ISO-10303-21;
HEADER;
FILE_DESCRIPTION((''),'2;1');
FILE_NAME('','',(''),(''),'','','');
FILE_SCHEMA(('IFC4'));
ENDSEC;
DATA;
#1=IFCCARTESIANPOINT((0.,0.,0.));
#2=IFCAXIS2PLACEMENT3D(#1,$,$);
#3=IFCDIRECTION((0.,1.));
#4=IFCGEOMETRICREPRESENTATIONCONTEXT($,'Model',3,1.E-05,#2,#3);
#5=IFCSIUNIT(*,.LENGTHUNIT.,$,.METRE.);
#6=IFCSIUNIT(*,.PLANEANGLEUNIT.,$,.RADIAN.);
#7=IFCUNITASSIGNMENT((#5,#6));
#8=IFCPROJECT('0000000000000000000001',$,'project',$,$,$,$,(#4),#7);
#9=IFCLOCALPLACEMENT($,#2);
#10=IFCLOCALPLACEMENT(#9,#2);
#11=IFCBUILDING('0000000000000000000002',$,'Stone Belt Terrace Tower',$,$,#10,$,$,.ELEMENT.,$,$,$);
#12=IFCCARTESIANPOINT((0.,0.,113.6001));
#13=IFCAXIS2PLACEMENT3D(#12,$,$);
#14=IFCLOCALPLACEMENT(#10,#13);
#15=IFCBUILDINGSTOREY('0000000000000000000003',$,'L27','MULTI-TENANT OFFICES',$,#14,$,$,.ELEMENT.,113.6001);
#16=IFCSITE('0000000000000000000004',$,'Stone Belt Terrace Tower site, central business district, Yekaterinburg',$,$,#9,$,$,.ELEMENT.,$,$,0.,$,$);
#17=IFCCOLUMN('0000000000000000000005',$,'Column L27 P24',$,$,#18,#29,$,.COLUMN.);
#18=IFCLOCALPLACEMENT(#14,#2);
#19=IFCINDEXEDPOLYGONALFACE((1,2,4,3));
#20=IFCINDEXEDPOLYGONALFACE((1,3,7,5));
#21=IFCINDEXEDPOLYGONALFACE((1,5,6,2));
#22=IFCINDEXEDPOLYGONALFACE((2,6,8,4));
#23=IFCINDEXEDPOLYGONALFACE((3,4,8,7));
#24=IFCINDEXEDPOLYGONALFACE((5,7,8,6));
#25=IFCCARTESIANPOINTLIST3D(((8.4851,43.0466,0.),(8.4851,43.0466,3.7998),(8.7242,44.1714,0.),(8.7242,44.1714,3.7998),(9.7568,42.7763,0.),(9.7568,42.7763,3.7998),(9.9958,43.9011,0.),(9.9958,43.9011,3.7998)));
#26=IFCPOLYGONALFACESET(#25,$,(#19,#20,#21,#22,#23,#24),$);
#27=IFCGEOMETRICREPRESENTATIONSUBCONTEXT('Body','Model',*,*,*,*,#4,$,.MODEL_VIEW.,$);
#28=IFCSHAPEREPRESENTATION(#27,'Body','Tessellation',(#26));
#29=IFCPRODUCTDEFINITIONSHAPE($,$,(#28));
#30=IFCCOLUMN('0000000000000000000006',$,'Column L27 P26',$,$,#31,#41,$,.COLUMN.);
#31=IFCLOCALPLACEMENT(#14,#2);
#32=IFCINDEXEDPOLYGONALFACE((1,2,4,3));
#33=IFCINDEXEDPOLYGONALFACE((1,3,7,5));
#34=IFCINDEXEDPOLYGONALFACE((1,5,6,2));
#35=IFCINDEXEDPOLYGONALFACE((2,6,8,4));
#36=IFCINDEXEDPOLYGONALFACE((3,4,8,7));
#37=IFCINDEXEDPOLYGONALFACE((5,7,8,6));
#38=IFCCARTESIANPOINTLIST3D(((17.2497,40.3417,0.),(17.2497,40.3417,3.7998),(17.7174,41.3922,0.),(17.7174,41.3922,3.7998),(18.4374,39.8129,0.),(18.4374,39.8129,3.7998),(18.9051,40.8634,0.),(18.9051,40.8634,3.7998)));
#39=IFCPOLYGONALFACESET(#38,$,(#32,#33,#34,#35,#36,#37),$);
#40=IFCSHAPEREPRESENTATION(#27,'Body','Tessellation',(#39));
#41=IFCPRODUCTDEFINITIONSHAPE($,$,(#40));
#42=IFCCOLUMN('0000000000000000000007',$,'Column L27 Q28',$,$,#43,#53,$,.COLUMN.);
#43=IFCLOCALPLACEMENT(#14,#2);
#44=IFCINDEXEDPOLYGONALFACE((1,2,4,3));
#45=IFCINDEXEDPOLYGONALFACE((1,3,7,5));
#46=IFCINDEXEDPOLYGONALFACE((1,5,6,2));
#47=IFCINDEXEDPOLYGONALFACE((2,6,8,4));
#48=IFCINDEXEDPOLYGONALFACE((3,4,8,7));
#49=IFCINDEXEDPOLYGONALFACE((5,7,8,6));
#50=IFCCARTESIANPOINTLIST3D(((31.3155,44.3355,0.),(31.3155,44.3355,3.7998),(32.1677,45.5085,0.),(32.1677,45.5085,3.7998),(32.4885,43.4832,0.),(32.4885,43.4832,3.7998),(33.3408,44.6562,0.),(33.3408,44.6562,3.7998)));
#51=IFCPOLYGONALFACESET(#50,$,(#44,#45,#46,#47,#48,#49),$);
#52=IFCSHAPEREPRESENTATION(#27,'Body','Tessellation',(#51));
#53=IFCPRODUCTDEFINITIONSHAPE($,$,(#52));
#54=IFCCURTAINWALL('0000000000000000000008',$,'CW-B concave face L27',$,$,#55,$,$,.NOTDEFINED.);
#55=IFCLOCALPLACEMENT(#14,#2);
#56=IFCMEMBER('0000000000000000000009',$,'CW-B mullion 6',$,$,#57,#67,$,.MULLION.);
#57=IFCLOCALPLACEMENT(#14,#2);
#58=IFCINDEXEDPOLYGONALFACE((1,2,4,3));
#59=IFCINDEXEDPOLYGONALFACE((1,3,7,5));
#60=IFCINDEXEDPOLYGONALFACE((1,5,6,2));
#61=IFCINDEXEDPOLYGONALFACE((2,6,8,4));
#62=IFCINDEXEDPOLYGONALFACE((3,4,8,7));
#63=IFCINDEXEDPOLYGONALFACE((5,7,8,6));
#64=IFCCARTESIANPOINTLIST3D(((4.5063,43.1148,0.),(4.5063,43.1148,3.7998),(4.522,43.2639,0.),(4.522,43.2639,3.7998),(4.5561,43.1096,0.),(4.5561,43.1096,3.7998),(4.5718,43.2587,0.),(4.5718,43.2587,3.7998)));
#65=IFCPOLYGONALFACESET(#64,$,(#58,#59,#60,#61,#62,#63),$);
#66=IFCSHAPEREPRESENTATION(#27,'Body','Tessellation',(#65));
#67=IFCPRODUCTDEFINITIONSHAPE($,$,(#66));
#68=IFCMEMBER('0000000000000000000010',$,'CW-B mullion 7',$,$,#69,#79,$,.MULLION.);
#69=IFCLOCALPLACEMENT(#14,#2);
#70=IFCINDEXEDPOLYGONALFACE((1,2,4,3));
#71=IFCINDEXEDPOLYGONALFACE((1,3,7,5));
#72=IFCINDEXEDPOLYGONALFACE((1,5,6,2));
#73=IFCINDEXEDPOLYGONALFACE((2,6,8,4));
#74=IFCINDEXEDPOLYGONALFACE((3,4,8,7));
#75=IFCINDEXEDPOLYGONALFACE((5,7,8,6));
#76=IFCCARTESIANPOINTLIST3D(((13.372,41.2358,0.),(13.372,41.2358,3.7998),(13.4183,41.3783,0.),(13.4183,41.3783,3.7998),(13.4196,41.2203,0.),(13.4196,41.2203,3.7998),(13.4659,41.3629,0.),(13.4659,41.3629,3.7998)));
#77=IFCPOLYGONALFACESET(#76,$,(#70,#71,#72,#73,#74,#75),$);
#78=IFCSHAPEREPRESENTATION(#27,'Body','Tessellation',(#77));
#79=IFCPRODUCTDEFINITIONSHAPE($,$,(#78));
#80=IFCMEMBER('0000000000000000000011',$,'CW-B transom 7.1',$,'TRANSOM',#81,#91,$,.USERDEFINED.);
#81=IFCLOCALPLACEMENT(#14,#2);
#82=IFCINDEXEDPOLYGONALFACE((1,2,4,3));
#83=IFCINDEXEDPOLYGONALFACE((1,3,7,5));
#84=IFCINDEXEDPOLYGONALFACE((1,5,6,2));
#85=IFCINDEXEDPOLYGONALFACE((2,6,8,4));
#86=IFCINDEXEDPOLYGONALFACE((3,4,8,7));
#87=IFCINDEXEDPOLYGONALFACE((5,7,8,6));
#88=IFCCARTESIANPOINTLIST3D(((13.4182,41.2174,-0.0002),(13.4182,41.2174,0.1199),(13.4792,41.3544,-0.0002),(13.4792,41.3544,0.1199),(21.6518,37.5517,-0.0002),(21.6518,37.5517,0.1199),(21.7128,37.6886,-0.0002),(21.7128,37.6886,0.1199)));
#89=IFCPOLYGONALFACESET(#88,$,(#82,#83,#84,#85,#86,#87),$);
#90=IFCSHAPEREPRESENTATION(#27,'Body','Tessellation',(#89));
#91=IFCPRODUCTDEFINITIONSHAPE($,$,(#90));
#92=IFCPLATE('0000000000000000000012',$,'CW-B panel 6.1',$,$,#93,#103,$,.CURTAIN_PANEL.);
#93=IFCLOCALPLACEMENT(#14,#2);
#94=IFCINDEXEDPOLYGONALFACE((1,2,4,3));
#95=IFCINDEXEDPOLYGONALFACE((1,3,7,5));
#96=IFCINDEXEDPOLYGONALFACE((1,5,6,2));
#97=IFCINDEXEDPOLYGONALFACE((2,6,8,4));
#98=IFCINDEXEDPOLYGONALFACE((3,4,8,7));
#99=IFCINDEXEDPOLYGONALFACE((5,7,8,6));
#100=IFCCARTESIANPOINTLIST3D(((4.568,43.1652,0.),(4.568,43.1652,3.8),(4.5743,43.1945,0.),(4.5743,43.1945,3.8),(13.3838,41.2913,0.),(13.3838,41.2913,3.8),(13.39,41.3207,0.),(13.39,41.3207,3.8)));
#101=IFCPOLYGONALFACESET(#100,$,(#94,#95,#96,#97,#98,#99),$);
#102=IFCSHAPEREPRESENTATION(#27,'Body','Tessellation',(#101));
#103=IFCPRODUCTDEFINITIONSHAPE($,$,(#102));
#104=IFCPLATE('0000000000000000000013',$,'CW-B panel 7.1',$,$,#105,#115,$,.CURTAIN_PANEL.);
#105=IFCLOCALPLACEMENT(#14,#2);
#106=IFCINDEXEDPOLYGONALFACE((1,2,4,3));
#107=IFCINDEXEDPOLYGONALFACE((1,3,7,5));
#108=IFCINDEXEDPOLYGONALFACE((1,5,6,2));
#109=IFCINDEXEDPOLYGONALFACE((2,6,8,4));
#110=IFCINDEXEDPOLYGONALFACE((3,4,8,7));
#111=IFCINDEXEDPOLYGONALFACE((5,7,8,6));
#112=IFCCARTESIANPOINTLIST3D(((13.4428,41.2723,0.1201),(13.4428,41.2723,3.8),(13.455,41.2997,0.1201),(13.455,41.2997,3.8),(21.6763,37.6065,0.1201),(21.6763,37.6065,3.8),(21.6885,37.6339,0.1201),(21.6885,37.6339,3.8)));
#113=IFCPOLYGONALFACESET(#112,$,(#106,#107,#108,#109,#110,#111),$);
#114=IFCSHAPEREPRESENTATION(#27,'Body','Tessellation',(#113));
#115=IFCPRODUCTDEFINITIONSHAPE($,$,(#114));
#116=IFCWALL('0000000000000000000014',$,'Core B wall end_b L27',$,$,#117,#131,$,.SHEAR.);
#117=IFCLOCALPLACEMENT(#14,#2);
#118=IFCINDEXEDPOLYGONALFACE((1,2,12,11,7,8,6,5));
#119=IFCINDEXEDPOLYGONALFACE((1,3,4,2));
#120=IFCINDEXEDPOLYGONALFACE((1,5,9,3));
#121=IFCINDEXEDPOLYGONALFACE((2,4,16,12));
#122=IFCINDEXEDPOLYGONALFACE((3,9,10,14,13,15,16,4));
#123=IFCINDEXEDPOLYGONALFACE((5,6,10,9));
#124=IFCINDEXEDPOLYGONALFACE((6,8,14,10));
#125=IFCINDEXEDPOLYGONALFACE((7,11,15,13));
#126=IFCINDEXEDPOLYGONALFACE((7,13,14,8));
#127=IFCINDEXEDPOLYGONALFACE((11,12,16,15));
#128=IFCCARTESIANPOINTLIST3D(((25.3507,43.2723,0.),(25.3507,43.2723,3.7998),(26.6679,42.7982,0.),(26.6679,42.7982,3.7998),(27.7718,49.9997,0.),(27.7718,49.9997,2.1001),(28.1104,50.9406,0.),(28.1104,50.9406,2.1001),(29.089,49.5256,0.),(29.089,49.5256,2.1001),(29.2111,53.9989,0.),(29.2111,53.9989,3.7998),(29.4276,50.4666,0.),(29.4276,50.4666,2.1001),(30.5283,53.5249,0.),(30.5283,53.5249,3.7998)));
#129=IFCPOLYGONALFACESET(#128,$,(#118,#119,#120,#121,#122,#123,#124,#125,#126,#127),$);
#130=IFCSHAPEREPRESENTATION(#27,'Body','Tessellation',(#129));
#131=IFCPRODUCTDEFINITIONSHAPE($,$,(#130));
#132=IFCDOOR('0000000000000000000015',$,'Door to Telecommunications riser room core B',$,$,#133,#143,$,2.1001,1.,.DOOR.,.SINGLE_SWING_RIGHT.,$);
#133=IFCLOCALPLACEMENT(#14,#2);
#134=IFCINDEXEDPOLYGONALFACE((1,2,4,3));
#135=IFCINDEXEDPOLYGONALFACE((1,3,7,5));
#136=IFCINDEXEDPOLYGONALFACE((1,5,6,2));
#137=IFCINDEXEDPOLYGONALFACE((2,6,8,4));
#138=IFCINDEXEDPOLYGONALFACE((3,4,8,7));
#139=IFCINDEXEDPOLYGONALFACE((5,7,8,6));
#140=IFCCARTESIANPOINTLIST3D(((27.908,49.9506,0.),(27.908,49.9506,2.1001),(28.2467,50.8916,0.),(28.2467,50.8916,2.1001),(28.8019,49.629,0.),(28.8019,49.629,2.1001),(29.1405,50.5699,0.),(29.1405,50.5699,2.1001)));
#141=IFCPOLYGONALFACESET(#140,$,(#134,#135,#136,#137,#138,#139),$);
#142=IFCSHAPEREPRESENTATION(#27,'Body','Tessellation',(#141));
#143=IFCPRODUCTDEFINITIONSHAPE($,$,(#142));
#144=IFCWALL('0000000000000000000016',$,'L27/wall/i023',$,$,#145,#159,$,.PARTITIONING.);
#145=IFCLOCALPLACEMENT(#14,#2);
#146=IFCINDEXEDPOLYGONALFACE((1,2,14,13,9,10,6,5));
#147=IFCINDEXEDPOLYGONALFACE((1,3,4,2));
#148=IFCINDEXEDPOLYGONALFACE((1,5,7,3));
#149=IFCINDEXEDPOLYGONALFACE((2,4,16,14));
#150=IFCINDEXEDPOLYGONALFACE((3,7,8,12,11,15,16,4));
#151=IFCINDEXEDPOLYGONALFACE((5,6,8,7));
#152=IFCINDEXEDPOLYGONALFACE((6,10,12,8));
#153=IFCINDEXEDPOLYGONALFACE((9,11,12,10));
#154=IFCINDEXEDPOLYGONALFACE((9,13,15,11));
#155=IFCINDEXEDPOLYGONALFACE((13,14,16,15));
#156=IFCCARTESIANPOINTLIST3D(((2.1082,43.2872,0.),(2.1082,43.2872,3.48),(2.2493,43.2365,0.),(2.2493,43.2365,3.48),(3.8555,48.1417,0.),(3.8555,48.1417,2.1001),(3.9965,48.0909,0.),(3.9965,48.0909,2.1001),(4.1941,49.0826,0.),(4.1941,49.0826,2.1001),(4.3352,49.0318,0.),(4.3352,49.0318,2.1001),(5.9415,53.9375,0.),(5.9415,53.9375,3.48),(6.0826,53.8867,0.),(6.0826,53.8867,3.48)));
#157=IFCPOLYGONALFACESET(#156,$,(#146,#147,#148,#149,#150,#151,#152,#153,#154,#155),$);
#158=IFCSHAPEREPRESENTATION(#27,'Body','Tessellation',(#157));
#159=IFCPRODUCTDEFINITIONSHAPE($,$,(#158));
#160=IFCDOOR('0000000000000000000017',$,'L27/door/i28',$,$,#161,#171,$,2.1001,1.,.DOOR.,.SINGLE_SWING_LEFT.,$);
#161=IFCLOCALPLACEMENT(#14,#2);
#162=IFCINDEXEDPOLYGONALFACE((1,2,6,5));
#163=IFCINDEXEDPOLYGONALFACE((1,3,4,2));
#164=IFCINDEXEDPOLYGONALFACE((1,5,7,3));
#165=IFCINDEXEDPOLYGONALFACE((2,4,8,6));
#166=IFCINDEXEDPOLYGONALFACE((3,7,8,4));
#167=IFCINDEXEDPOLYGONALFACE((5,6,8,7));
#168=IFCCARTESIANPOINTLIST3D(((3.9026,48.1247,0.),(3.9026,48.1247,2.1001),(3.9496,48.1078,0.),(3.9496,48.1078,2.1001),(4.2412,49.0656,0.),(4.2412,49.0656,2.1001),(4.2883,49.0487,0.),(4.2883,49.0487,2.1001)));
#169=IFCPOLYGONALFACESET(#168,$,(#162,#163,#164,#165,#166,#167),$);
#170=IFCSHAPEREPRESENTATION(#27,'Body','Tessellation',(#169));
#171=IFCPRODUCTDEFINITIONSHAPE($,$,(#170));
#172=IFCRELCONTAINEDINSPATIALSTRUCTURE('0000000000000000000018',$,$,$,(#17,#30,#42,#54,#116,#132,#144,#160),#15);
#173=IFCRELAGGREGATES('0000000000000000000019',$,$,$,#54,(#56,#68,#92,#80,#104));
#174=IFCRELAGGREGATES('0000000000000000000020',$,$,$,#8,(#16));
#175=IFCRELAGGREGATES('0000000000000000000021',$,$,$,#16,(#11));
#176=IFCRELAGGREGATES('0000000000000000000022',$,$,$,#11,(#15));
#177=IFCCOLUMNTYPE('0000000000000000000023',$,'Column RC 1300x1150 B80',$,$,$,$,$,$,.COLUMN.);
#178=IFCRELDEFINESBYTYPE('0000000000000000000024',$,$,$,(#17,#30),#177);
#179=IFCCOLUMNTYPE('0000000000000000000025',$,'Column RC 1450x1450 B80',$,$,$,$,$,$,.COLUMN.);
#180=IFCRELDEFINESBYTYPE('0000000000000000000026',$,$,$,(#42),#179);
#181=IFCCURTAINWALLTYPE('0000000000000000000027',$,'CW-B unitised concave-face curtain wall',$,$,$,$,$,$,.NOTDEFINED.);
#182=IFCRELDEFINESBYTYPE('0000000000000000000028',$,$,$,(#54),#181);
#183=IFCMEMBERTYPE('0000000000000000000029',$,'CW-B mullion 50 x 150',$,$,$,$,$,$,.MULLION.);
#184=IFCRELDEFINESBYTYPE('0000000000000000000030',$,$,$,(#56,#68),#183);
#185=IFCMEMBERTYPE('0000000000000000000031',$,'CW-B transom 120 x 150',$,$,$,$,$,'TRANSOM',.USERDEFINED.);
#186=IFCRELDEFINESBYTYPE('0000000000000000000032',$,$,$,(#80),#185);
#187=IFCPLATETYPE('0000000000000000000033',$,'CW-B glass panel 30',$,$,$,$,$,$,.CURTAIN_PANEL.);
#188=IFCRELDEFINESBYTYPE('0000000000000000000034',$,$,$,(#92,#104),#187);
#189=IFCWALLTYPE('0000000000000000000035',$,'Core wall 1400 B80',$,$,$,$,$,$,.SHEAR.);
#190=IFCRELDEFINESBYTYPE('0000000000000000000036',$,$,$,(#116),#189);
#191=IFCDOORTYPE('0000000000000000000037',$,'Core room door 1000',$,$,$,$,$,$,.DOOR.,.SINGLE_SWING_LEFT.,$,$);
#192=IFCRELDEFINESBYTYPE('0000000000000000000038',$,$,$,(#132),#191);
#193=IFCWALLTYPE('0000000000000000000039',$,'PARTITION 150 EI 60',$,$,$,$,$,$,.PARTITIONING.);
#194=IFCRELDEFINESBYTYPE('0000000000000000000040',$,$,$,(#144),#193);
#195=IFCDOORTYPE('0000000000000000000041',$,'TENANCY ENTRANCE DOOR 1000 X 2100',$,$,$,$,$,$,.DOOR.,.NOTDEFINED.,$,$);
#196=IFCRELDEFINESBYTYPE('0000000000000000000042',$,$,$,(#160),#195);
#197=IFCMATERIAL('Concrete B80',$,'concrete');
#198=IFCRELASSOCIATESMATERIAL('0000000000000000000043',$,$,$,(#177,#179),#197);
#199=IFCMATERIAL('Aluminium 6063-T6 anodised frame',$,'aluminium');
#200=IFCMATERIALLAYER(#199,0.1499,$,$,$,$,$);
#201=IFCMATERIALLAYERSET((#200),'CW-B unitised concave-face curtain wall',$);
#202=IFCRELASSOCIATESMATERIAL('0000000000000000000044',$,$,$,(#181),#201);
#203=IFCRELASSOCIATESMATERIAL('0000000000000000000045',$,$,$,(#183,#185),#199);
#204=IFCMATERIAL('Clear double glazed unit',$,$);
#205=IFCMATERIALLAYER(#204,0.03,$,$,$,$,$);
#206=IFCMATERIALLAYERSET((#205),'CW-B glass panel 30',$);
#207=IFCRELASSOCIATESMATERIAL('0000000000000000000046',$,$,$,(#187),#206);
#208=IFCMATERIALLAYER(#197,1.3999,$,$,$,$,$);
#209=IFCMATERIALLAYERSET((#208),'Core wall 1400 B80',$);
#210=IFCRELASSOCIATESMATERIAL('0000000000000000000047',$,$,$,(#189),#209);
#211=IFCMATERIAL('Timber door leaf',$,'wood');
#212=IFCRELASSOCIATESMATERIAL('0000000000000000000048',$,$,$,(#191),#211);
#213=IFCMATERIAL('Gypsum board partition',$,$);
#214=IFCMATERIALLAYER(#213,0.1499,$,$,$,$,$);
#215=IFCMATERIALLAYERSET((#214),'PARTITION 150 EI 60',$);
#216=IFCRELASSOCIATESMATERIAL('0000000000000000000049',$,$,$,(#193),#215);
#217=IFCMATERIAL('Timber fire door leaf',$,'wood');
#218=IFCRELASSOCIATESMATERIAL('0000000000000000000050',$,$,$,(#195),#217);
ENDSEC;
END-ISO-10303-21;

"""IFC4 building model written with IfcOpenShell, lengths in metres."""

from ifc_helpers import new_model, si_unit, direction, frame, frame_2d, origin, origin_2d, place, context, subcontext, project, spatial, rectangle, extrude, material, layer, layer_set, material_profile, profile_set, type_object, element, fill, aggregate, save


model = new_model("IFC4")

# Units and contexts
model_context = context("Model", 3, precision=1e-05, world=origin(), true_north=direction((0.0, 1.0)))
body_context = subcontext(model_context, "Body", "Model", "MODEL_VIEW")
ifc_project = project(units=[si_unit("LENGTHUNIT", "METRE"), si_unit("PLANEANGLEUNIT", "RADIAN")], contexts=[model_context])

# Site, building, storey
site_placement = place(None, origin())
site = spatial("IfcSite", under=ifc_project, at=site_placement, Name="Stone Belt Terrace Tower site, central business district, Yekaterinburg", CompositionType="ELEMENT", RefElevation=0.0)
building_placement = place(site_placement, origin())
building = spatial("IfcBuilding", under=site, at=building_placement, Name="Stone Belt Terrace Tower", CompositionType="ELEMENT")
storey_placement = place(building_placement, frame((0.0, 0.0, 113.6001)))
storey = spatial("IfcBuildingStorey", under=building, at=storey_placement, Name="L27", Description="MULTI-TENANT OFFICES", CompositionType="ELEMENT", Elevation=113.6001)

# Columns
ifc_material_1 = material(Name="Concrete B80", Category="concrete")
ifc_material_profile_1 = material_profile(ifc_material_1, rectangle(XDim=1.3, YDim=1.1499, at=origin_2d()), Name="RC 1300x1150")
ifc_profile_set_1 = profile_set([ifc_material_profile_1], Name="Concrete B80")
column_type_1 = type_object("IfcColumnType", Name="Column RC 1300x1150 B80", PredefinedType="COLUMN", material=ifc_profile_set_1)
for number, where, z_axis, x_axis, name in (
    (1, (9.2405, 43.4739, 0.0), (0.0, 0.0, 1.0), (0.978148, -0.207912, 0.0), "Column L27 P24"),
    (2, (18.0774, 40.6025, 0.0), (0.0, 0.0, 1.0), (0.913545, -0.406737, 0.0), "Column L27 P26"),
):
    element("IfcColumn", number, at=place(storey_placement, frame(where, z_axis=z_axis, x_axis=x_axis)), inside=storey, type_object=column_type_1, Name=name, PredefinedType="COLUMN", context=body_context, shape_type="SweptSolid", body=[
        extrude(rectangle(XDim=1.3, YDim=1.1499, at=origin_2d()), origin(), (0.0, 0.0, 1.0), 3.7998),
    ])
ifc_material_profile_2 = material_profile(ifc_material_1, rectangle(XDim=1.45, YDim=1.45, at=origin_2d()), Name="RC 1450x1450")
ifc_profile_set_2 = profile_set([ifc_material_profile_2], Name="Concrete B80")
column_type_2 = type_object("IfcColumnType", Name="Column RC 1450x1450 B80", PredefinedType="COLUMN", material=ifc_profile_set_2)
column_placement = place(storey_placement, frame((32.3281, 44.4958, 0.0), z_axis=(0.0, 0.0, 1.0), x_axis=(0.809017, -0.587785, 0.0)))
element("IfcColumn", 3, at=column_placement, inside=storey, type_object=column_type_2, Name="Column L27 Q28", PredefinedType="COLUMN", context=body_context, shape_type="SweptSolid", body=[
    extrude(rectangle(XDim=1.45, YDim=1.45, at=origin_2d()), origin(), (0.0, 0.0, 1.0), 3.7998),
])

# Curtain wall, members, plates
ifc_material_2 = material(Name="Aluminium 6063-T6 anodised frame", Category="aluminium")
ifc_layer_1 = layer(ifc_material_2, 0.1499)
ifc_layer_set_1 = layer_set([ifc_layer_1], Name="CW-B unitised concave-face curtain wall")
curtain_wall_type = type_object("IfcCurtainWallType", Name="CW-B unitised concave-face curtain wall", PredefinedType="NOTDEFINED", material=ifc_layer_set_1)
curtain_wall_placement = place(storey_placement, origin())
curtain_wall = element("IfcCurtainWall", 4, at=curtain_wall_placement, inside=storey, type_object=curtain_wall_type, Name="CW-B concave face L27", PredefinedType="NOTDEFINED")
ifc_material_profile_3 = material_profile(ifc_material_2, rectangle(XDim=0.1499, YDim=0.05, at=origin_2d()), Name="Aluminium 6063-T6 50x150")
ifc_profile_set_3 = profile_set([ifc_material_profile_3], Name="Aluminium 6063-T6 anodised frame")
member_type_1 = type_object("IfcMemberType", Name="CW-B mullion 50 x 150", PredefinedType="MULLION", material=ifc_profile_set_3)
member_1_placement = place(storey_placement, frame((4.5391, 43.1868, 0.0), z_axis=(0.0, 0.0, 1.0), x_axis=(0.104528, 0.994522, 0.0)))
member_1 = element("IfcMember", 5, at=member_1_placement, type_object=member_type_1, Name="CW-B mullion 6", PredefinedType="MULLION", context=body_context, shape_type="SweptSolid", body=[
    extrude(rectangle(XDim=0.1499, YDim=0.05, at=origin_2d()), origin(), (0.0, 0.0, 1.0), 3.7998),
])
member_2_placement = place(storey_placement, frame((13.4189, 41.2993, 0.0), z_axis=(0.0, 0.0, 1.0), x_axis=(0.309017, 0.951057, 0.0)))
member_2 = element("IfcMember", 6, at=member_2_placement, type_object=member_type_1, Name="CW-B mullion 7", PredefinedType="MULLION", context=body_context, shape_type="SweptSolid", body=[
    extrude(rectangle(XDim=0.1499, YDim=0.05, at=origin_2d()), origin(), (0.0, 0.0, 1.0), 3.7998),
])
ifc_material_profile_4 = material_profile(ifc_material_2, rectangle(XDim=0.1499, YDim=0.1201, at=origin_2d()), Name="Aluminium 6063-T6 150x120")
ifc_profile_set_4 = profile_set([ifc_material_profile_4], Name="Aluminium 6063-T6 anodised frame")
member_type_2 = type_object("IfcMemberType", Name="CW-B transom 120 x 150", ElementType="TRANSOM", PredefinedType="USERDEFINED", material=ifc_profile_set_4)
member_3_placement = place(storey_placement, frame((13.4487, 41.2859, 0.0598), z_axis=(0.913549, -0.406729, 0.0), x_axis=(0.406729, 0.913549, 0.0)))
member_3 = element("IfcMember", 7, at=member_3_placement, type_object=member_type_2, Name="CW-B transom 7.1", ObjectType="TRANSOM", PredefinedType="USERDEFINED", context=body_context, shape_type="SweptSolid", body=[
    extrude(rectangle(XDim=0.1499, YDim=0.1201, at=origin_2d()), origin(), (0.0, 0.0, 1.0), 9.0127),
])
ifc_material_3 = material(Name="Clear double glazed unit")
ifc_layer_2 = layer(ifc_material_3, 0.03)
ifc_layer_set_2 = layer_set([ifc_layer_2], Name="CW-B glass panel 30")
plate_type = type_object("IfcPlateType", Name="CW-B glass panel 30", PredefinedType="CURTAIN_PANEL", material=ifc_layer_set_2)
plate_1_placement = place(storey_placement, frame((8.979, 42.2429, 0.0), z_axis=(0.0, 0.0, 1.0), x_axis=(0.978148, -0.207912, 0.0)))
plate_1 = element("IfcPlate", 8, at=plate_1_placement, type_object=plate_type, Name="CW-B panel 6.1", PredefinedType="CURTAIN_PANEL", context=body_context, shape_type="SweptSolid", body=[
    extrude(rectangle(XDim=9.0127, YDim=0.03, at=origin_2d()), origin(), (0.0, 0.0, 1.0), 3.8),
])
plate_2_placement = place(storey_placement, frame((17.5657, 39.4531, 0.1201), z_axis=(0.0, 0.0, 1.0), x_axis=(0.913545, -0.406737, 0.0)))
plate_2 = element("IfcPlate", 9, at=plate_2_placement, type_object=plate_type, Name="CW-B panel 7.1", PredefinedType="CURTAIN_PANEL", context=body_context, shape_type="SweptSolid", body=[
    extrude(rectangle(XDim=9.0127, YDim=0.03, at=origin_2d()), origin(), (0.0, 0.0, 1.0), 3.6799),
])
aggregate(curtain_wall, [member_1, member_2, plate_1, member_3, plate_2])

# Walls, openings, doors
ifc_layer_3 = layer(ifc_material_1, 1.3999)
ifc_layer_set_3 = layer_set([ifc_layer_3], Name="Core wall 1400 B80")
wall_type_1 = type_object("IfcWallType", Name="Core wall 1400 B80", PredefinedType="SHEAR", material=ifc_layer_set_3)
wall_1_placement = place(storey_placement, frame((26.0093, 43.0352, 0.0), z_axis=(0.0, 0.0, 1.0), x_axis=(0.338625, 0.940921, 0.0)))
wall_1 = element("IfcWall", 10, at=wall_1_placement, inside=storey, type_object=wall_type_1, Name="Core B wall end_b L27", PredefinedType="SHEAR", context=body_context, shape_type="SweptSolid", body=[
    extrude(rectangle(XDim=11.4001, YDim=1.3999, at=frame_2d((5.7002, 0.0))), origin(), (0.0, 0.0, 1.0), 3.7998),
])
opening_1_placement = place(wall_1_placement, frame((7.1499, 0.0, 0.0)))
opening_1 = element("IfcOpeningElement", 11, at=opening_1_placement, cuts=wall_1, PredefinedType="OPENING", context=body_context, shape_type="SweptSolid", body=[
    extrude(rectangle(XDim=1.0, YDim=2.1001, at=frame_2d((0.5, 1.05))), frame((0.0, 0.71, 0.0), z_axis=(0.0, -1.0, 0.0), x_axis=(1.0, 0.0, 0.0)), (0.0, 0.0, 1.0), 1.4199),
])
ifc_material_4 = material(Name="Timber door leaf", Category="wood")
door_type_1 = type_object("IfcDoorType", Name="Core room door 1000", OperationType="SINGLE_SWING_LEFT", PredefinedType="DOOR", material=ifc_material_4)
door_1_placement = place(opening_1_placement, origin())
door_1 = element("IfcDoor", 12, at=door_1_placement, inside=storey, type_object=door_type_1, Name="Door to Telecommunications riser room core B", OperationType="SINGLE_SWING_RIGHT", OverallHeight=2.1001, OverallWidth=1.0, PredefinedType="DOOR", context=body_context, shape_type="SweptSolid", body=[
    extrude(rectangle(XDim=1.0, YDim=2.1001, at=frame_2d((0.5, 1.05))), frame((0.0, 0.5552, 0.0), z_axis=(0.0, -1.0, 0.0), x_axis=(1.0, 0.0, 0.0)), (0.0, 0.0, 1.0), 0.95),
])
fill(opening_1, door_1)
ifc_material_5 = material(Name="Gypsum board partition")
ifc_layer_4 = layer(ifc_material_5, 0.1499)
ifc_layer_set_4 = layer_set([ifc_layer_4], Name="PARTITION 150 EI 60")
wall_type_2 = type_object("IfcWallType", Name="PARTITION 150 EI 60", PredefinedType="PARTITIONING", material=ifc_layer_set_4)
wall_2_placement = place(storey_placement, frame((2.1787, 43.2617, 0.0), z_axis=(0.0, 0.0, 1.0), x_axis=(0.338657, 0.94091, 0.0)))
wall_2 = element("IfcWall", 13, at=wall_2_placement, inside=storey, type_object=wall_type_2, Name="L27/wall/i023", PredefinedType="PARTITIONING", context=body_context, shape_type="SweptSolid", body=[
    extrude(rectangle(XDim=11.3191, YDim=0.1499, at=frame_2d((5.6597, 0.0))), origin(), (0.0, 0.0, 1.0), 3.48),
])
opening_2_placement = place(wall_2_placement, frame((5.1594, 0.0, 0.0)))
opening_2 = element("IfcOpeningElement", 14, at=opening_2_placement, cuts=wall_2, PredefinedType="OPENING", context=body_context, shape_type="SweptSolid", body=[
    extrude(rectangle(XDim=1.0, YDim=2.1001, at=frame_2d((0.5, 1.05))), frame((0.0, 0.085, 0.0), z_axis=(0.0, -1.0, 0.0), x_axis=(1.0, 0.0, 0.0)), (0.0, 0.0, 1.0), 0.1699),
])
ifc_material_6 = material(Name="Timber fire door leaf", Category="wood")
door_type_2 = type_object("IfcDoorType", Name="TENANCY ENTRANCE DOOR 1000 X 2100", OperationType="NOTDEFINED", PredefinedType="DOOR", material=ifc_material_6)
door_2_placement = place(opening_2_placement, origin())
door_2 = element("IfcDoor", 15, at=door_2_placement, inside=storey, type_object=door_type_2, Name="L27/door/i28", OperationType="SINGLE_SWING_LEFT", OverallHeight=2.1001, OverallWidth=1.0, PredefinedType="DOOR", context=body_context, shape_type="SweptSolid", body=[
    extrude(rectangle(XDim=1.0, YDim=2.1001, at=frame_2d((0.5, 1.05))), frame((0.0, 0.0249, 0.0), z_axis=(0.0, -1.0, 0.0), x_axis=(1.0, 0.0, 0.0)), (0.0, 0.0, 1.0), 0.05),
])
fill(opening_2, door_2)

save(model, "model.ifc")
